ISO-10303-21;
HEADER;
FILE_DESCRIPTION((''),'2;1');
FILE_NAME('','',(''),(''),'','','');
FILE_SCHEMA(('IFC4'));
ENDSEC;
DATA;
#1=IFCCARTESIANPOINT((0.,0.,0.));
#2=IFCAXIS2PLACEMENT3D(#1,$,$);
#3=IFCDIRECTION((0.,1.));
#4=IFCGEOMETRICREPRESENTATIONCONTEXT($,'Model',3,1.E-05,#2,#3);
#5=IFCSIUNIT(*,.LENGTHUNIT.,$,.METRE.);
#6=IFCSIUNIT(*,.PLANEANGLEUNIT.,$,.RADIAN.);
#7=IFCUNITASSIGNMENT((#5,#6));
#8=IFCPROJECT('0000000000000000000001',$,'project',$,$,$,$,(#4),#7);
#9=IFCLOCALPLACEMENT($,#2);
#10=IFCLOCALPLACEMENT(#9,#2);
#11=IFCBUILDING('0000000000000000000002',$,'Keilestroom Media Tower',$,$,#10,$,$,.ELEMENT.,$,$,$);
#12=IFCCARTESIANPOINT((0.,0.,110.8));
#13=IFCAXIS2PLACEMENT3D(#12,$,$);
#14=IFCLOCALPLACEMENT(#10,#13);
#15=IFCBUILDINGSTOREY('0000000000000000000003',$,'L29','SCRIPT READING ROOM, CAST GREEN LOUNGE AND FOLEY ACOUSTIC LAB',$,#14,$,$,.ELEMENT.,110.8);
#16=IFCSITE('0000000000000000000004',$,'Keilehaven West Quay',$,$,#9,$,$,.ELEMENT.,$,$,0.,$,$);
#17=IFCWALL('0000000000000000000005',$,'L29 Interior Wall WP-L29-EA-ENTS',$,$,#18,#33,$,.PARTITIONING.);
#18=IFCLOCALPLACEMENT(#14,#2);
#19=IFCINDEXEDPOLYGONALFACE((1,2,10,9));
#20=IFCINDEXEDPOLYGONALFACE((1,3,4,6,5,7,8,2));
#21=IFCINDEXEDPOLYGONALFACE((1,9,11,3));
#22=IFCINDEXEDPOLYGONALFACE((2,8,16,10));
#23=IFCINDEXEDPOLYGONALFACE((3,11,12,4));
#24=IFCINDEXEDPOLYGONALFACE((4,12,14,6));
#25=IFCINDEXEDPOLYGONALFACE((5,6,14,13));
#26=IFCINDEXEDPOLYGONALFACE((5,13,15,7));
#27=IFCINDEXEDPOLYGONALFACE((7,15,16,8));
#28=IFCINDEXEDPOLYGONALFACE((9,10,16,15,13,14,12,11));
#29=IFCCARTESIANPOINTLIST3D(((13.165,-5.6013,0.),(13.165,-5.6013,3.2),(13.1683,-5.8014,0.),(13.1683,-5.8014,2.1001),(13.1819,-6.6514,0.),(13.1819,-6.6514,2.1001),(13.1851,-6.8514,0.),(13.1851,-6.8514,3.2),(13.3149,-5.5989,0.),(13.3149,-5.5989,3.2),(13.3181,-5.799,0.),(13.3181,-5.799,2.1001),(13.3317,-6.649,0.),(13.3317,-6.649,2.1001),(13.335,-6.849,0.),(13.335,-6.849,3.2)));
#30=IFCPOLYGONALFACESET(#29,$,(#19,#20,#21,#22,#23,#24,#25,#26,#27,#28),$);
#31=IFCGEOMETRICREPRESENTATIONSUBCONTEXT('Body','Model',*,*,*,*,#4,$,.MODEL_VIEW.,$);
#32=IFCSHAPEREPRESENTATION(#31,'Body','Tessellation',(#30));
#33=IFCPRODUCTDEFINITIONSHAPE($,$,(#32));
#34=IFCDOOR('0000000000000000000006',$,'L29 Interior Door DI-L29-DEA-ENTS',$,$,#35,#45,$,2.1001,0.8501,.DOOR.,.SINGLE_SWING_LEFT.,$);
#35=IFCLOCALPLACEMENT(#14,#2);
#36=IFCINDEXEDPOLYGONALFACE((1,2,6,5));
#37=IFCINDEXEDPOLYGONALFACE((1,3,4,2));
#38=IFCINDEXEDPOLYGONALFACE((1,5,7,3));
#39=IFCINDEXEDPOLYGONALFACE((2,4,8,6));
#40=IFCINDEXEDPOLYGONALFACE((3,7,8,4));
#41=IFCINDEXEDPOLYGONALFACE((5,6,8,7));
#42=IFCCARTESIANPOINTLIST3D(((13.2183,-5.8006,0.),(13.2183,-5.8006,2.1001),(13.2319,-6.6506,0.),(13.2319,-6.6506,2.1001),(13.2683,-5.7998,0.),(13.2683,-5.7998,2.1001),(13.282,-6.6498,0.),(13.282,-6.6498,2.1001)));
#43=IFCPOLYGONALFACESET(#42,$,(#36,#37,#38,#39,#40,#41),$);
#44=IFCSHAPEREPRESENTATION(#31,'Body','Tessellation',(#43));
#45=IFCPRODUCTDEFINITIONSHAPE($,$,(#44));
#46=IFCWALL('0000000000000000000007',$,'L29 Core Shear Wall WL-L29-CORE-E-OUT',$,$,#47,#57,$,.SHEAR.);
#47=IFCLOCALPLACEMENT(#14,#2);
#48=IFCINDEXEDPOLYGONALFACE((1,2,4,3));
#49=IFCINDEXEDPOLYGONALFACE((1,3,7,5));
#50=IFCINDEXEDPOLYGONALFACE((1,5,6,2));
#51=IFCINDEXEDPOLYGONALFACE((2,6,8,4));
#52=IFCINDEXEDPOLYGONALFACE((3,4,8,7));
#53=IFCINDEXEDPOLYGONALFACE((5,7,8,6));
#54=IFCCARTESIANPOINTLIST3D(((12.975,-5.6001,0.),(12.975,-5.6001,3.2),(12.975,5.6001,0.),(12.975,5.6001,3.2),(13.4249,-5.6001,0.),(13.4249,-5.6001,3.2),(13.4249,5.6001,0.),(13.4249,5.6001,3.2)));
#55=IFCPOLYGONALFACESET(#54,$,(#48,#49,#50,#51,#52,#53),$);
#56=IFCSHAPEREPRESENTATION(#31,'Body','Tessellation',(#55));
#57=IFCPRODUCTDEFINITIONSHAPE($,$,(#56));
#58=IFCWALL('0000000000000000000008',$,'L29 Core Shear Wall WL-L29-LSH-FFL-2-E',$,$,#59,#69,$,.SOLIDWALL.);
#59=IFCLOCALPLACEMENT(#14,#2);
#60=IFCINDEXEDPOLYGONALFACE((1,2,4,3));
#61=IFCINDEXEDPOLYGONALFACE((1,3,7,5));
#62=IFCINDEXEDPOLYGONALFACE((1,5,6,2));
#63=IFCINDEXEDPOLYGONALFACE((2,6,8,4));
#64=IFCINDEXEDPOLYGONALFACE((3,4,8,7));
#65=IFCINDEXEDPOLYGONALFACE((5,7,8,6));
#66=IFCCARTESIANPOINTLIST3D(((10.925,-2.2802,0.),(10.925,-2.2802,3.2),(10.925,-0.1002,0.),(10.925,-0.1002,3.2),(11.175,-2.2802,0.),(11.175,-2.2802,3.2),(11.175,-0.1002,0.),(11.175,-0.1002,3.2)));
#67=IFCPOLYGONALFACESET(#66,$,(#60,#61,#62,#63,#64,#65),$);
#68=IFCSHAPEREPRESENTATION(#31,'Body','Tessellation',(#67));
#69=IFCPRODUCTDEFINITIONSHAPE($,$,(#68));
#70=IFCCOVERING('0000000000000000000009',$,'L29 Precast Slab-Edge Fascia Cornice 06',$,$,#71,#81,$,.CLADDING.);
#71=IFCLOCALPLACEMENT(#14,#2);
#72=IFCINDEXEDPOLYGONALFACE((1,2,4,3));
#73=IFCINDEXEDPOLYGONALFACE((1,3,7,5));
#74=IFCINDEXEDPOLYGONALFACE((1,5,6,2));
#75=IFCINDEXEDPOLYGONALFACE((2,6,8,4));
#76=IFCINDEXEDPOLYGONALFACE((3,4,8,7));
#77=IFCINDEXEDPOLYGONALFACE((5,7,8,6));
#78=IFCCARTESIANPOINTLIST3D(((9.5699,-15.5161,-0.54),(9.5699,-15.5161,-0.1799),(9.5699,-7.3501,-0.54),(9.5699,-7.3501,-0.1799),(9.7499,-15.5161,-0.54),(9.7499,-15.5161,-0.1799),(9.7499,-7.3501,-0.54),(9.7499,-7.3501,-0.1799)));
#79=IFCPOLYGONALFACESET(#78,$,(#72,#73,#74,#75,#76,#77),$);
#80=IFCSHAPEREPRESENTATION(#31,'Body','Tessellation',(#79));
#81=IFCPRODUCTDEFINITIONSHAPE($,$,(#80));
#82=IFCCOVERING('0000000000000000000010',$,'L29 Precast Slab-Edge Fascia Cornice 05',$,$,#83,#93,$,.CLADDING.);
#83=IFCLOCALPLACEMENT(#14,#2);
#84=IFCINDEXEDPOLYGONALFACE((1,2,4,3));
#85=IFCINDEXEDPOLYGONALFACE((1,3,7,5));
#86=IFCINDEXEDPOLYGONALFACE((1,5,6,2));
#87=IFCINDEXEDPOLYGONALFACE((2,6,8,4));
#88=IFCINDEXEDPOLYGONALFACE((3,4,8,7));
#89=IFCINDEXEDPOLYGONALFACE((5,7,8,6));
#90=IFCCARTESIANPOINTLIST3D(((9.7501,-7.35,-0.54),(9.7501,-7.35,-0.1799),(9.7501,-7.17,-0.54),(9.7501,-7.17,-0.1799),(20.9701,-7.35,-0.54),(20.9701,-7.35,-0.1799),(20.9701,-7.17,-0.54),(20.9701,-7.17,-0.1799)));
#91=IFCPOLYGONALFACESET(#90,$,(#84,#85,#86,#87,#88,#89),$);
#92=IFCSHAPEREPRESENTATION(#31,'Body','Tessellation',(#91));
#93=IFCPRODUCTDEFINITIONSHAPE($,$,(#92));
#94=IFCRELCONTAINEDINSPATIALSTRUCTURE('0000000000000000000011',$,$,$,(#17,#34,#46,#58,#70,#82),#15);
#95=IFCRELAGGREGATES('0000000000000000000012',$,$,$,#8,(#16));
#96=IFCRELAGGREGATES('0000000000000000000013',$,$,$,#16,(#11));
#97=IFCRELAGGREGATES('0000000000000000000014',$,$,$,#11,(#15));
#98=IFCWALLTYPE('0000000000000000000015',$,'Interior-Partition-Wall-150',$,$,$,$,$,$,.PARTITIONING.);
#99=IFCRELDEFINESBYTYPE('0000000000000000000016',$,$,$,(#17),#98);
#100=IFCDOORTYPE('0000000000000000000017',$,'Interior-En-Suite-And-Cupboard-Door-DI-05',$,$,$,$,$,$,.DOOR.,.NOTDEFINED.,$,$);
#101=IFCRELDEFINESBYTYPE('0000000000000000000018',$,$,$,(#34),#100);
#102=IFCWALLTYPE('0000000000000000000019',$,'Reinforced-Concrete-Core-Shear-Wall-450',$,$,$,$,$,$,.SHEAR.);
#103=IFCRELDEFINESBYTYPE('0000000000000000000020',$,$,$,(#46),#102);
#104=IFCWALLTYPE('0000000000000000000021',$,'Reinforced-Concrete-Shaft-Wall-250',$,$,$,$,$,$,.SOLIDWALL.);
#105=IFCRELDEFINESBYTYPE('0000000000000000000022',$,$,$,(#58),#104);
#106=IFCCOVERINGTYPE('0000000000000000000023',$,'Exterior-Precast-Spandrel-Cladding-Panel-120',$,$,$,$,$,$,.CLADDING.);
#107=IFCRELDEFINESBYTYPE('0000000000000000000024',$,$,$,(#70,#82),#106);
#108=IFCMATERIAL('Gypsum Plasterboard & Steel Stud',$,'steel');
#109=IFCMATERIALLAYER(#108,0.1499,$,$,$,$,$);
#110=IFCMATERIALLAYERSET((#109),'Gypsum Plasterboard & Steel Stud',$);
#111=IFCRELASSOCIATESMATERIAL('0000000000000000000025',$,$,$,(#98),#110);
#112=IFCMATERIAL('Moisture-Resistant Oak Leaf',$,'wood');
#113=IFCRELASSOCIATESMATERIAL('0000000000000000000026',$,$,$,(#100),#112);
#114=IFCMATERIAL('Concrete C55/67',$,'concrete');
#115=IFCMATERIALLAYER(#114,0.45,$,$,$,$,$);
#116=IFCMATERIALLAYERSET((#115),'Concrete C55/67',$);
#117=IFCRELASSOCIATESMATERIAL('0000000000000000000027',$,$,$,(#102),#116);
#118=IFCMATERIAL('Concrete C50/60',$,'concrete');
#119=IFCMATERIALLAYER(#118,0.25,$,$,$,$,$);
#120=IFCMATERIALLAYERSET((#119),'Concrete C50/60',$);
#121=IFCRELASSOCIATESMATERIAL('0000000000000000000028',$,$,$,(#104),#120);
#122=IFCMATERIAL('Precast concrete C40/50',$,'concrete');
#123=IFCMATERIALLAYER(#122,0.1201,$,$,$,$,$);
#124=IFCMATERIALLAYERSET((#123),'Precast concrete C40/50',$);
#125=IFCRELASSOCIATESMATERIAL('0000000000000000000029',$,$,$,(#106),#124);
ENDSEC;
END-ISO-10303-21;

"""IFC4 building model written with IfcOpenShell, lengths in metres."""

from ifc_helpers import new_model, si_unit, direction, frame, frame_2d, origin, origin_2d, place, context, subcontext, project, spatial, rectangle, extrude, source, transform, mapped, material, layer, layer_set, type_object, element, fill, save


model = new_model("IFC4")

# Units and contexts
model_context = context("Model", 3, precision=1e-05, world=origin(), true_north=direction((0.0, 1.0)))
body_context = subcontext(model_context, "Body", "Model", "MODEL_VIEW")
ifc_project = project(units=[si_unit("LENGTHUNIT", "METRE"), si_unit("PLANEANGLEUNIT", "RADIAN")], contexts=[model_context])

# Site, building, storey
site_placement = place(None, origin())
site = spatial("IfcSite", under=ifc_project, at=site_placement, Name="Keilehaven West Quay", CompositionType="ELEMENT", RefElevation=0.0)
building_placement = place(site_placement, origin())
building = spatial("IfcBuilding", under=site, at=building_placement, Name="Keilestroom Media Tower", CompositionType="ELEMENT")
storey_placement = place(building_placement, frame((0.0, 0.0, 110.8)))
storey = spatial("IfcBuildingStorey", under=building, at=storey_placement, Name="L29", Description="SCRIPT READING ROOM, CAST GREEN LOUNGE AND FOLEY ACOUSTIC LAB", CompositionType="ELEMENT", Elevation=110.8)

# Shared definitions
ifc_material_1 = material(Name="Precast concrete C40/50", Category="concrete")
ifc_material_2 = material(Name="Concrete C55/67", Category="concrete")

# Shared definitions
ifc_material_3 = material(Name="Gypsum Plasterboard & Steel Stud", Category="steel")

# Shared definitions
ifc_layer_1 = layer(ifc_material_3, 0.1499)
ifc_layer_set_1 = layer_set([ifc_layer_1], Name="Gypsum Plasterboard & Steel Stud")
wall_type_1 = type_object("IfcWallType", Name="Interior-Partition-Wall-150", PredefinedType="PARTITIONING", material=ifc_layer_set_1)

# Wall, opening, door
wall_1_placement = place(storey_placement, frame((13.26, -6.8501, 0.0), z_axis=(0.0, 0.0, 1.0), x_axis=(-0.016014, 0.999872, 0.0)))
wall_1 = element("IfcWall", 1, at=wall_1_placement, inside=storey, type_object=wall_type_1, Name="L29 Interior Wall WP-L29-EA-ENTS", PredefinedType="PARTITIONING", context=body_context, shape_type="SweptSolid", body=[
    extrude(rectangle(XDim=1.2502, YDim=0.1499, at=frame_2d((0.625, 0.0))), origin(), (0.0, 0.0, 1.0), 3.2),
])
opening_1_placement = place(wall_1_placement, frame((0.2, 0.0, 0.0)))
opening_1 = element("IfcOpeningElement", 2, at=opening_1_placement, cuts=wall_1, PredefinedType="OPENING", context=body_context, shape_type="SweptSolid", body=[
    extrude(rectangle(XDim=0.8501, YDim=2.1001, at=frame_2d((0.425, 1.05))), frame((0.0, 0.085, 0.0), z_axis=(0.0, -1.0, 0.0), x_axis=(1.0, 0.0, 0.0)), (0.0, 0.0, 1.0), 0.1699),
])
ifc_material_4 = material(Name="Moisture-Resistant Oak Leaf", Category="wood")
door_type_1 = type_object("IfcDoorType", Name="Interior-En-Suite-And-Cupboard-Door-DI-05", OperationType="NOTDEFINED", PredefinedType="DOOR", material=ifc_material_4)
shared_shape_1 = source(origin(), body_context, "Body", "SweptSolid", [
    extrude(rectangle(XDim=0.8501, YDim=2.1001, at=frame_2d((0.425, 1.05))), frame((0.0, 0.0249, 0.0), z_axis=(0.0, -1.0, 0.0), x_axis=(1.0, 0.0, 0.0)), (0.0, 0.0, 1.0), 0.05),
])
door_1_placement = place(opening_1_placement, origin())
door_1 = element("IfcDoor", 3, at=door_1_placement, inside=storey, type_object=door_type_1, Name="L29 Interior Door DI-L29-DEA-ENTS", OperationType="SINGLE_SWING_LEFT", OverallHeight=2.1001, OverallWidth=0.8501, PredefinedType="DOOR", context=body_context, shape_type="MappedRepresentation", body=[
    mapped(shared_shape_1, transform((0.0, 0.0, 0.0), x_axis=(1.0, 0.0, 0.0), y_axis=(0.0, 1.0, 0.0), z_axis=(0.0, 0.0, 1.0), scale=1.0)),
])
fill(opening_1, door_1)

# Walls
ifc_layer_2 = layer(ifc_material_2, 0.45)
ifc_layer_set_2 = layer_set([ifc_layer_2], Name="Concrete C55/67")
wall_type_2 = type_object("IfcWallType", Name="Reinforced-Concrete-Core-Shear-Wall-450", PredefinedType="SHEAR", material=ifc_layer_set_2)
wall_2_placement = place(storey_placement, frame((13.2, -5.6001, 0.0), z_axis=(0.0, 0.0, 1.0), x_axis=(0.0, 1.0, 0.0)))
element("IfcWall", 4, at=wall_2_placement, inside=storey, type_object=wall_type_2, Name="L29 Core Shear Wall WL-L29-CORE-E-OUT", PredefinedType="SHEAR", context=body_context, shape_type="SweptSolid", body=[
    extrude(rectangle(XDim=11.2002, YDim=0.45, at=frame_2d((5.6001, 0.0))), origin(), (0.0, 0.0, 1.0), 3.2),
])
ifc_material_5 = material(Name="Concrete C50/60", Category="concrete")
ifc_layer_3 = layer(ifc_material_5, 0.25)
ifc_layer_set_3 = layer_set([ifc_layer_3], Name="Concrete C50/60")
wall_type_3 = type_object("IfcWallType", Name="Reinforced-Concrete-Shaft-Wall-250", PredefinedType="SOLIDWALL", material=ifc_layer_set_3)
wall_3_placement = place(storey_placement, frame((11.05, -2.28, 0.0), z_axis=(0.0, 0.0, 1.0), x_axis=(0.0, 1.0, 0.0)))
element("IfcWall", 5, at=wall_3_placement, inside=storey, type_object=wall_type_3, Name="L29 Core Shear Wall WL-L29-LSH-FFL-2-E", PredefinedType="SOLIDWALL", context=body_context, shape_type="SweptSolid", body=[
    extrude(rectangle(XDim=2.1799, YDim=0.25, at=frame_2d((1.0898, 0.0))), origin(), (0.0, 0.0, 1.0), 3.2),
])

# Coverings
ifc_layer_4 = layer(ifc_material_1, 0.1201)
ifc_layer_set_4 = layer_set([ifc_layer_4], Name="Precast concrete C40/50")
covering_type = type_object("IfcCoveringType", Name="Exterior-Precast-Spandrel-Cladding-Panel-120", PredefinedType="CLADDING", material=ifc_layer_set_4)
shared_shape_2 = source(origin(), body_context, "Body", "SweptSolid", [
    extrude(rectangle(XDim=8.166, YDim=0.1799, at=origin_2d()), origin(), (0.0, 0.0, 1.0), 0.3601),
])
covering_1_placement = place(storey_placement, frame((9.6599, -11.4331, -0.54), z_axis=(0.0, 0.0, 1.0), x_axis=(0.0, -1.0, 0.0)))
element("IfcCovering", 6, at=covering_1_placement, inside=storey, type_object=covering_type, Name="L29 Precast Slab-Edge Fascia Cornice 06", PredefinedType="CLADDING", context=body_context, shape_type="MappedRepresentation", body=[
    mapped(shared_shape_2, transform((0.0, 0.0, 0.0), x_axis=(1.0, 0.0, 0.0), y_axis=(0.0, 1.0, 0.0), z_axis=(0.0, 0.0, 1.0), scale=1.0)),
])
shared_shape_3 = source(origin(), body_context, "Body", "SweptSolid", [
    extrude(rectangle(XDim=11.22, YDim=0.1799, at=origin_2d()), origin(), (0.0, 0.0, 1.0), 0.3601),
])
covering_2_placement = place(storey_placement, frame((15.3601, -7.26, -0.54), z_axis=(0.0, 0.0, 1.0), x_axis=(-1.0, 0.0, 0.0)))
element("IfcCovering", 7, at=covering_2_placement, inside=storey, type_object=covering_type, Name="L29 Precast Slab-Edge Fascia Cornice 05", PredefinedType="CLADDING", context=body_context, shape_type="MappedRepresentation", body=[
    mapped(shared_shape_3, transform((0.0, 0.0, 0.0), x_axis=(1.0, 0.0, 0.0), y_axis=(0.0, 1.0, 0.0), z_axis=(0.0, 0.0, 1.0), scale=1.0)),
])

save(model, "model.ifc")
